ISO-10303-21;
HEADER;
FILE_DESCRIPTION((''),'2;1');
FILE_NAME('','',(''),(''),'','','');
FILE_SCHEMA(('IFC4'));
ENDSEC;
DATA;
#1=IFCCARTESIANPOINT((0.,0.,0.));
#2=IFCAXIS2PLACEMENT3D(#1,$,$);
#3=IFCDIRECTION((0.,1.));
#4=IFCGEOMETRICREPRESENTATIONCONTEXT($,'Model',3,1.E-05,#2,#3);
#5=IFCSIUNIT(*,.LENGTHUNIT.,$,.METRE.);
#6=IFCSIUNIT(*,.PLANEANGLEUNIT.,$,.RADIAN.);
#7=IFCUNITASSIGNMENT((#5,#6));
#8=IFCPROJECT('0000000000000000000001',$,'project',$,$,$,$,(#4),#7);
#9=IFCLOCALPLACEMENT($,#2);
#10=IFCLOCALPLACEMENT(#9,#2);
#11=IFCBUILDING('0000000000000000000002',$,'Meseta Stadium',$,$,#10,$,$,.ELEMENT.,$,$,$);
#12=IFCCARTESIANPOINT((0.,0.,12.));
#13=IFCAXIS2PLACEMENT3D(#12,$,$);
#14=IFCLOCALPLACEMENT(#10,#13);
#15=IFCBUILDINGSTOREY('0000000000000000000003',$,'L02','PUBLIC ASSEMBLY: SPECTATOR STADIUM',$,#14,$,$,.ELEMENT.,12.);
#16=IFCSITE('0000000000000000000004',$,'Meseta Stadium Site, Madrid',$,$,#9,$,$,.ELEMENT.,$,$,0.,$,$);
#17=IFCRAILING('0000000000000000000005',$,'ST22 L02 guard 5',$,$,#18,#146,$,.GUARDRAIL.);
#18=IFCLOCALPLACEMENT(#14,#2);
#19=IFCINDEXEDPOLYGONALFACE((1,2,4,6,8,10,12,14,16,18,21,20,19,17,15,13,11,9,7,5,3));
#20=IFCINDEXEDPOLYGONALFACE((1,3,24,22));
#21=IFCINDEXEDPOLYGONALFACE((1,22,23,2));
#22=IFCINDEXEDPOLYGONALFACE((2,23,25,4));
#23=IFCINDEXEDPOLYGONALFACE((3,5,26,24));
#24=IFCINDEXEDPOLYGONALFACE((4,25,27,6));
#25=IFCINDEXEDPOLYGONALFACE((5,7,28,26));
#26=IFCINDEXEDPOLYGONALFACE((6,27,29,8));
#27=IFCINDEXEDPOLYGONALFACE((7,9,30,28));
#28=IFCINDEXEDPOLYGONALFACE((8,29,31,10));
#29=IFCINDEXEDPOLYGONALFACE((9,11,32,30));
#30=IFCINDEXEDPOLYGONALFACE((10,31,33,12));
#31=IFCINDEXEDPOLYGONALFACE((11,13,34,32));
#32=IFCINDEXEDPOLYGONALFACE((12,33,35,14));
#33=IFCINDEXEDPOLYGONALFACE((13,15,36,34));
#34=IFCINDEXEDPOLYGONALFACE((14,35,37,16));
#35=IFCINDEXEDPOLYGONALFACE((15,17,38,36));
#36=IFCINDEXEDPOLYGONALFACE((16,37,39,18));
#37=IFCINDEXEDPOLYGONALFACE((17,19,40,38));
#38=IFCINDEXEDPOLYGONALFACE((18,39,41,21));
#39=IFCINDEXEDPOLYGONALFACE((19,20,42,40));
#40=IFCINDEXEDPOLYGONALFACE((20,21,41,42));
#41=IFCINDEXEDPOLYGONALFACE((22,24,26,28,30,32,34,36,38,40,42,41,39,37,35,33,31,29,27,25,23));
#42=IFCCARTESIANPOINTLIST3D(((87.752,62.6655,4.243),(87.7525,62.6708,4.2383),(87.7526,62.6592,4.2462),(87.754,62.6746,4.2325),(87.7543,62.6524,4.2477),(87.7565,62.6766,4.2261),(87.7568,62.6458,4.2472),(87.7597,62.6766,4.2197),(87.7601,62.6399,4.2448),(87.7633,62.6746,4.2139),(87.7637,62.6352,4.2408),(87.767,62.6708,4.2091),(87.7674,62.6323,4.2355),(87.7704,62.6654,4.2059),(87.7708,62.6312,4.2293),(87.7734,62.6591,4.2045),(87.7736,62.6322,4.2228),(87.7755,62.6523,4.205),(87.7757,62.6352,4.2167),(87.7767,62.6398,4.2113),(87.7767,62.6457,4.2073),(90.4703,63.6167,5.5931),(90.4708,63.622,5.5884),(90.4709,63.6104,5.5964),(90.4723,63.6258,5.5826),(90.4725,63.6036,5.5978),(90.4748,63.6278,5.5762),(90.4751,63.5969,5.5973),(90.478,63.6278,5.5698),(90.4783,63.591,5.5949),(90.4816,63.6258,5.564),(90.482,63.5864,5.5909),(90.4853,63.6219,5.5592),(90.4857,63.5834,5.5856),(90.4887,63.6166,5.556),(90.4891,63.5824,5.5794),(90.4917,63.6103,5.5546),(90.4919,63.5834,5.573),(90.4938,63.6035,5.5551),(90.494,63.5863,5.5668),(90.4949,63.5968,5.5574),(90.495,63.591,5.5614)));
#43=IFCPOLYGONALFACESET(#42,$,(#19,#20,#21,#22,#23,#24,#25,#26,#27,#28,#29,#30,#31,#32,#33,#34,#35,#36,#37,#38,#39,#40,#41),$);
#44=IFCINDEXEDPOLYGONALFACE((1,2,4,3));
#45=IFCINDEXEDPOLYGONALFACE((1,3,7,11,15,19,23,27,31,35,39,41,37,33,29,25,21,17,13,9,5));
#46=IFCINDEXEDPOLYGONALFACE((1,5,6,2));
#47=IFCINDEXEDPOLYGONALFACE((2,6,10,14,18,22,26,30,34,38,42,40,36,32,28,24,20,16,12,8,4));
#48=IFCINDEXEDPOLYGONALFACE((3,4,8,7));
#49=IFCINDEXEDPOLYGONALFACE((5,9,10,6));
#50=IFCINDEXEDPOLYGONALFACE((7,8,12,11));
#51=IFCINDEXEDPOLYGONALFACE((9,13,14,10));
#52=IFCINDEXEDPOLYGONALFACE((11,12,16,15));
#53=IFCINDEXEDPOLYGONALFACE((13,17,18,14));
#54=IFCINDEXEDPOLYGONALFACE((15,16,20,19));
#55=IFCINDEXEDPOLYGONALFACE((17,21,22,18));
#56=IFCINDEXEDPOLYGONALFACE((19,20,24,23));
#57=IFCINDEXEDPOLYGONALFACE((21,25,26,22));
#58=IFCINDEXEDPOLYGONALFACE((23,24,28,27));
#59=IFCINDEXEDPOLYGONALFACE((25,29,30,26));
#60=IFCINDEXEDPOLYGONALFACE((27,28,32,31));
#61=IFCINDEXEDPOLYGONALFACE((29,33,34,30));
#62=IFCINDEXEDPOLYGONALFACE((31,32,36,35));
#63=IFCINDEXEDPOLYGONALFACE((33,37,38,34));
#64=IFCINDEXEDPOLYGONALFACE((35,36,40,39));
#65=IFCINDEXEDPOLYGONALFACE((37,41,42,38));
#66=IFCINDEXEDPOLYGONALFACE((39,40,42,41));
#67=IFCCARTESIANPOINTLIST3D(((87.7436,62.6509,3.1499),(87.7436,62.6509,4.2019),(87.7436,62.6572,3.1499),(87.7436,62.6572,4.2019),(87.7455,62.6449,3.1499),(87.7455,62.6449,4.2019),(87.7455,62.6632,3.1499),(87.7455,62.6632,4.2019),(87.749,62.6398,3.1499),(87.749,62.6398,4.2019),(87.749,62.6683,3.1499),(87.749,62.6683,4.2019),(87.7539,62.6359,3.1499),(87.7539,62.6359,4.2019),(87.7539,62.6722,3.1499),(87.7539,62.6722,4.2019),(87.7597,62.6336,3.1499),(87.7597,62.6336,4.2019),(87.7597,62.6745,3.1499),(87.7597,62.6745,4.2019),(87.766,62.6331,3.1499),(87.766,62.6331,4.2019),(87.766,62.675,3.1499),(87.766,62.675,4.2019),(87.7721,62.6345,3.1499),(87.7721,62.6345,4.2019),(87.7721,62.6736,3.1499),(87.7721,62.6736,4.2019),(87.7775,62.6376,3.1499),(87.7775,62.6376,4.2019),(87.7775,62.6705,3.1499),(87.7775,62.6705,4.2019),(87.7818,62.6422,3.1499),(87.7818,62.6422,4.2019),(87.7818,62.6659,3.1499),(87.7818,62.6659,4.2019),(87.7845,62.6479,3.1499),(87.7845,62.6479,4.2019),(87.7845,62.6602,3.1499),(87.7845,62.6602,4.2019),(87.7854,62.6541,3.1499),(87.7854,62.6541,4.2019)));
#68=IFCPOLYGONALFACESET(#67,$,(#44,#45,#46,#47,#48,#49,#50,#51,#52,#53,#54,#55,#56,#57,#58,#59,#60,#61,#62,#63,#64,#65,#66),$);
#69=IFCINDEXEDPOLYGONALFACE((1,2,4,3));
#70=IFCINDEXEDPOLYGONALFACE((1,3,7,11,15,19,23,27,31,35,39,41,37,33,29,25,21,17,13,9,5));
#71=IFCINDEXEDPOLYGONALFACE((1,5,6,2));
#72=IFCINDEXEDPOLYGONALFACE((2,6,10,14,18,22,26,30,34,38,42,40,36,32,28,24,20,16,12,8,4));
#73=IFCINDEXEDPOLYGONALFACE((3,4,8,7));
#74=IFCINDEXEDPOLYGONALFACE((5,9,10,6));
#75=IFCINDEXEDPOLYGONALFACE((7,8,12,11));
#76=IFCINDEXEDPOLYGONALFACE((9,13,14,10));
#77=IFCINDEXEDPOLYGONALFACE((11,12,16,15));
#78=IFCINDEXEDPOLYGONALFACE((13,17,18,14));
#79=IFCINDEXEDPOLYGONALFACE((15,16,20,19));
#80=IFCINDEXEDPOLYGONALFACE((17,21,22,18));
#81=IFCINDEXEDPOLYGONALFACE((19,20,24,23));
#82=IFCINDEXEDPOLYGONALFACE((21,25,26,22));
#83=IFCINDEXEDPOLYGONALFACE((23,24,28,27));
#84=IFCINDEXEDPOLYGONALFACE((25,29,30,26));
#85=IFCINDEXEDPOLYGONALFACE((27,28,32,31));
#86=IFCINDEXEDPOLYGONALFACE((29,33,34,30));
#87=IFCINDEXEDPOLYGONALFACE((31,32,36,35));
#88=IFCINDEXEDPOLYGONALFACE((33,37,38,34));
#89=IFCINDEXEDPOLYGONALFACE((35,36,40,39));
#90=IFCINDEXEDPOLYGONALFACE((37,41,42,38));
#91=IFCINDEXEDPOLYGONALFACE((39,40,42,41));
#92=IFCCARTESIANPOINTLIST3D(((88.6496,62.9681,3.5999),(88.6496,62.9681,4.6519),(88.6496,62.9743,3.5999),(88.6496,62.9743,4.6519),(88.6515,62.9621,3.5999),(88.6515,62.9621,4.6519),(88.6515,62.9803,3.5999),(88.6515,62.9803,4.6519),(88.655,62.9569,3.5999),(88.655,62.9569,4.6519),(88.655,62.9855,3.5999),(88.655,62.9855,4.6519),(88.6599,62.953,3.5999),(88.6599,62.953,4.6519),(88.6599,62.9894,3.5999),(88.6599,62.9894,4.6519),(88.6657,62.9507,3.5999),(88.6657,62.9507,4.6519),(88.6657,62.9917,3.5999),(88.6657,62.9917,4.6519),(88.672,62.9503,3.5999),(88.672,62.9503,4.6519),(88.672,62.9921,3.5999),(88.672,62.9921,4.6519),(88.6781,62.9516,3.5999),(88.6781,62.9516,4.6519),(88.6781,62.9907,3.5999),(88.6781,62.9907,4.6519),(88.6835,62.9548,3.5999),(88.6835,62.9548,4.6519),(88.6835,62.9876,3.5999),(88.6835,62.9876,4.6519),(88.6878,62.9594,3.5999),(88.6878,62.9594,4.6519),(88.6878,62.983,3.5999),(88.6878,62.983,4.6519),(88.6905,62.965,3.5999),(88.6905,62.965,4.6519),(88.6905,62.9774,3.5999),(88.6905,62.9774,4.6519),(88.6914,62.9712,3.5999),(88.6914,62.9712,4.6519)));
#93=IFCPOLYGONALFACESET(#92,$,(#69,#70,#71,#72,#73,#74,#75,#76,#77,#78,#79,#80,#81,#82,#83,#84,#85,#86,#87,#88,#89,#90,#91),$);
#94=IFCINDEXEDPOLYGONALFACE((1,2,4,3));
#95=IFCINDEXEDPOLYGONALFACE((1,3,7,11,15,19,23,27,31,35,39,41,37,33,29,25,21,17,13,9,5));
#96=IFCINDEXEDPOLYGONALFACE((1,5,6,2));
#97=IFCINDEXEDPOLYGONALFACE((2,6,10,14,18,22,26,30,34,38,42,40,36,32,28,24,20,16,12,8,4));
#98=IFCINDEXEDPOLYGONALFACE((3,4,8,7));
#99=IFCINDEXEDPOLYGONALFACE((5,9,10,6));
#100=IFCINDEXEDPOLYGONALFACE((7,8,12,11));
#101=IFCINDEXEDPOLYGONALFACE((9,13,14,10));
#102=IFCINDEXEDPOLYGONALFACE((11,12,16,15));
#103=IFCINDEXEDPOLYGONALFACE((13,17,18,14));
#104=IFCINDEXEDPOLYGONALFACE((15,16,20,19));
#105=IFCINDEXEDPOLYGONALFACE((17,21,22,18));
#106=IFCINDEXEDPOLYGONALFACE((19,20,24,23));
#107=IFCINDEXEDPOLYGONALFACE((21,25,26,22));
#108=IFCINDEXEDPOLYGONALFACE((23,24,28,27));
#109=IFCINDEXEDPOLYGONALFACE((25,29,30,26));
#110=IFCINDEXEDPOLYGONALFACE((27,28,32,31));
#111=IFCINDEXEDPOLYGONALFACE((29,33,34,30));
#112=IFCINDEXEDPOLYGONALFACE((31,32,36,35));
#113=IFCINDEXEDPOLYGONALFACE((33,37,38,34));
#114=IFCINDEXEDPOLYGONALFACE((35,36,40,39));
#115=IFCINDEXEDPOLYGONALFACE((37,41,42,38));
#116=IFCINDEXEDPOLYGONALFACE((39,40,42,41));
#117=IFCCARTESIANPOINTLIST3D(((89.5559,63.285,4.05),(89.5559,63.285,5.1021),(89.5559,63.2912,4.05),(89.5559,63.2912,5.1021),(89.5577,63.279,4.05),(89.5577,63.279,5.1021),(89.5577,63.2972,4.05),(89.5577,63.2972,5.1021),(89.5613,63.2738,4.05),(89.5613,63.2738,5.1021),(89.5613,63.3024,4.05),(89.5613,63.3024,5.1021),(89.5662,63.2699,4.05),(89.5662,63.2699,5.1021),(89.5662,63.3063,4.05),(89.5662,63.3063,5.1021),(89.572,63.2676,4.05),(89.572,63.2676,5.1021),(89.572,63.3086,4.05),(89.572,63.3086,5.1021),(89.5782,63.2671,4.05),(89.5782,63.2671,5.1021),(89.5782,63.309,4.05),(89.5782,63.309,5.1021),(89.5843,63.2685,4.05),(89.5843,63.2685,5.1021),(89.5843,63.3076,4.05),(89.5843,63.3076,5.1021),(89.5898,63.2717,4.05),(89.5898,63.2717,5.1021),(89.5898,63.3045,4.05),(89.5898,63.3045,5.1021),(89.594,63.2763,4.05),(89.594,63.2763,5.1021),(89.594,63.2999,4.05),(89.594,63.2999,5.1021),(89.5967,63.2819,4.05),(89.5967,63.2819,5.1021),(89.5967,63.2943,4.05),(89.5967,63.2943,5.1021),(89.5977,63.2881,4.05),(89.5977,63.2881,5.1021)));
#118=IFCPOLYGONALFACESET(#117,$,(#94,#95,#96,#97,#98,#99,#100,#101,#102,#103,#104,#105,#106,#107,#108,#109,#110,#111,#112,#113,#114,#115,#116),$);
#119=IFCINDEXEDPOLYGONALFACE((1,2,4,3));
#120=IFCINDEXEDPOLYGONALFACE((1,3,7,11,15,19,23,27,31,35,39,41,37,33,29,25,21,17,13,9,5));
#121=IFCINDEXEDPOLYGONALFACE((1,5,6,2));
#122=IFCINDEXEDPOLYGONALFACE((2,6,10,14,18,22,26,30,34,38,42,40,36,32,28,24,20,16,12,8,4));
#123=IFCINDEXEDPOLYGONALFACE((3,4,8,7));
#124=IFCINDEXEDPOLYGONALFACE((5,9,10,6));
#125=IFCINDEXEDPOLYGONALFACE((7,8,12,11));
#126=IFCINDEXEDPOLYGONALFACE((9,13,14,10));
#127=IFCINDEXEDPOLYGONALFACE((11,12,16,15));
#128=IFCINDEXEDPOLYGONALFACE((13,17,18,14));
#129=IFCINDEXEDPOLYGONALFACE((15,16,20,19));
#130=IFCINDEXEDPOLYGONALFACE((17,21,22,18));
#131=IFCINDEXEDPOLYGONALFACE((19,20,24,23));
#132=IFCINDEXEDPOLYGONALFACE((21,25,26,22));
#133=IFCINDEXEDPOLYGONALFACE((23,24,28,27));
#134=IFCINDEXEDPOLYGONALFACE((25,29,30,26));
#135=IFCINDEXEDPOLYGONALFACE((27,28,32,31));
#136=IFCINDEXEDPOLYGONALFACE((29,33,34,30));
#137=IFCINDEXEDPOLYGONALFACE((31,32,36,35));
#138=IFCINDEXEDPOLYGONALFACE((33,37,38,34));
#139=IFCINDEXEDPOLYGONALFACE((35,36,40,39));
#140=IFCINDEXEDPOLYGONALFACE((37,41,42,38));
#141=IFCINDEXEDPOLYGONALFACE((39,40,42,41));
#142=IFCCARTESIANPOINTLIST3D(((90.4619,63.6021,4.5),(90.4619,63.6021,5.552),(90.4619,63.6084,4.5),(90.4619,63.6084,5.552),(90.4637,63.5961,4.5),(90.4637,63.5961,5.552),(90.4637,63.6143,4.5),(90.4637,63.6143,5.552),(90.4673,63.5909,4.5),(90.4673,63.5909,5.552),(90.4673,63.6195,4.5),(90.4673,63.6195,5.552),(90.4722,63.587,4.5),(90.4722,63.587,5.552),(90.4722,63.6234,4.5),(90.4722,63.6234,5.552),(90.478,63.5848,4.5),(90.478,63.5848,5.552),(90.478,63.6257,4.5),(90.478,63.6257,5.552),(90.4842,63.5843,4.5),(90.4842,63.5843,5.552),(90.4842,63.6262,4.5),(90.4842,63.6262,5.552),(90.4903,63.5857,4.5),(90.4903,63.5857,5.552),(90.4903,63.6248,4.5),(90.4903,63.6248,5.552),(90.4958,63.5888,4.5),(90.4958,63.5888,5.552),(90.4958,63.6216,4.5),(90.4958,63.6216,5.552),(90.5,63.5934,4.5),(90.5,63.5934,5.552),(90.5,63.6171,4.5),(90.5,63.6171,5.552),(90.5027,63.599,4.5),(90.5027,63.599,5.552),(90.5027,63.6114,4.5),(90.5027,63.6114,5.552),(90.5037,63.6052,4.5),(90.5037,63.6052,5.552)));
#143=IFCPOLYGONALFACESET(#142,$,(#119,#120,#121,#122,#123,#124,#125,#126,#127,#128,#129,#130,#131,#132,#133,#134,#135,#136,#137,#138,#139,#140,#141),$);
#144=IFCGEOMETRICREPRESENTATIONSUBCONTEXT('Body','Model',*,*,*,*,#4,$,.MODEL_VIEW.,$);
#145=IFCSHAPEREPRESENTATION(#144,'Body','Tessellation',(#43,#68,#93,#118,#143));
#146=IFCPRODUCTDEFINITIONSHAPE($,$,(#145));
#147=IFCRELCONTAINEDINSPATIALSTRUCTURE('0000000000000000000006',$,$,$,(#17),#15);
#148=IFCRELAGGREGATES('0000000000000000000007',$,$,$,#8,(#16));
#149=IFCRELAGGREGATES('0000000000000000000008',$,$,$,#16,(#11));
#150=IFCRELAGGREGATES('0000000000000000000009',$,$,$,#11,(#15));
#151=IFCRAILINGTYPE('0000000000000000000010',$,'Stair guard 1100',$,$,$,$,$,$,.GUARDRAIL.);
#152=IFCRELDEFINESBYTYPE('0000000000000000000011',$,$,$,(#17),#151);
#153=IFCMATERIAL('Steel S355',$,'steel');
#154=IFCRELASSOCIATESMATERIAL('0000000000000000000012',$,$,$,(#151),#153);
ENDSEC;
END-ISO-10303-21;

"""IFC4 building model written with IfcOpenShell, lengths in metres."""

from ifc_helpers import new_model, si_unit, direction, frame, origin, origin_2d, place, context, subcontext, project, spatial, circle, extrude, material, type_object, element, save


model = new_model("IFC4")

# Units and contexts
model_context = context("Model", 3, precision=1e-05, world=origin(), true_north=direction((0.0, 1.0)))
body_context = subcontext(model_context, "Body", "Model", "MODEL_VIEW")
ifc_project = project(units=[si_unit("LENGTHUNIT", "METRE"), si_unit("PLANEANGLEUNIT", "RADIAN")], contexts=[model_context])

# Site, building, storey
site_placement = place(None, origin())
site = spatial("IfcSite", under=ifc_project, at=site_placement, Name="Meseta Stadium Site, Madrid", CompositionType="ELEMENT", RefElevation=0.0)
building_placement = place(site_placement, origin())
building = spatial("IfcBuilding", under=site, at=building_placement, Name="Meseta Stadium", CompositionType="ELEMENT")
storey_placement = place(building_placement, frame((0.0, 0.0, 12.0)))
storey = spatial("IfcBuildingStorey", under=building, at=storey_placement, Name="L02", Description="PUBLIC ASSEMBLY: SPECTATOR STADIUM", CompositionType="ELEMENT", Elevation=12.0)

# Railing
ifc_material_1 = material(Name="Steel S355", Category="steel")
railing_type_1 = type_object("IfcRailingType", Name="Stair guard 1100", PredefinedType="GUARDRAIL", material=ifc_material_1)
railing_1_placement = place(storey_placement, frame((87.7644, 62.6541, 3.1499)))
element("IfcRailing", 1, at=railing_1_placement, inside=storey, type_object=railing_type_1, Name="ST22 L02 guard 5", PredefinedType="GUARDRAIL", context=body_context, shape_type="SweptSolid", body=[
    extrude(circle(Radius=0.0239, at=origin_2d()), frame((0.0, 0.0, 1.0762), z_axis=(0.854629, 0.299051, 0.424474), x_axis=(-0.330282, 0.943882, 0.0)), (0.0, 0.0, 1.0), 3.1807),
    extrude(circle(Radius=0.021, at=origin_2d()), origin(), (0.0, 0.0, 1.0), 1.052),
    extrude(circle(Radius=0.021, at=origin_2d()), frame((0.906, 0.3171, 0.45)), (0.0, 0.0, 1.0), 1.052),
    extrude(circle(Radius=0.021, at=origin_2d()), frame((1.8123, 0.634, 0.9001)), (0.0, 0.0, 1.0), 1.052),
    extrude(circle(Radius=0.021, at=origin_2d()), frame((2.7183, 0.9512, 1.3501)), (0.0, 0.0, 1.0), 1.052),
])

save(model, "model.ifc")
